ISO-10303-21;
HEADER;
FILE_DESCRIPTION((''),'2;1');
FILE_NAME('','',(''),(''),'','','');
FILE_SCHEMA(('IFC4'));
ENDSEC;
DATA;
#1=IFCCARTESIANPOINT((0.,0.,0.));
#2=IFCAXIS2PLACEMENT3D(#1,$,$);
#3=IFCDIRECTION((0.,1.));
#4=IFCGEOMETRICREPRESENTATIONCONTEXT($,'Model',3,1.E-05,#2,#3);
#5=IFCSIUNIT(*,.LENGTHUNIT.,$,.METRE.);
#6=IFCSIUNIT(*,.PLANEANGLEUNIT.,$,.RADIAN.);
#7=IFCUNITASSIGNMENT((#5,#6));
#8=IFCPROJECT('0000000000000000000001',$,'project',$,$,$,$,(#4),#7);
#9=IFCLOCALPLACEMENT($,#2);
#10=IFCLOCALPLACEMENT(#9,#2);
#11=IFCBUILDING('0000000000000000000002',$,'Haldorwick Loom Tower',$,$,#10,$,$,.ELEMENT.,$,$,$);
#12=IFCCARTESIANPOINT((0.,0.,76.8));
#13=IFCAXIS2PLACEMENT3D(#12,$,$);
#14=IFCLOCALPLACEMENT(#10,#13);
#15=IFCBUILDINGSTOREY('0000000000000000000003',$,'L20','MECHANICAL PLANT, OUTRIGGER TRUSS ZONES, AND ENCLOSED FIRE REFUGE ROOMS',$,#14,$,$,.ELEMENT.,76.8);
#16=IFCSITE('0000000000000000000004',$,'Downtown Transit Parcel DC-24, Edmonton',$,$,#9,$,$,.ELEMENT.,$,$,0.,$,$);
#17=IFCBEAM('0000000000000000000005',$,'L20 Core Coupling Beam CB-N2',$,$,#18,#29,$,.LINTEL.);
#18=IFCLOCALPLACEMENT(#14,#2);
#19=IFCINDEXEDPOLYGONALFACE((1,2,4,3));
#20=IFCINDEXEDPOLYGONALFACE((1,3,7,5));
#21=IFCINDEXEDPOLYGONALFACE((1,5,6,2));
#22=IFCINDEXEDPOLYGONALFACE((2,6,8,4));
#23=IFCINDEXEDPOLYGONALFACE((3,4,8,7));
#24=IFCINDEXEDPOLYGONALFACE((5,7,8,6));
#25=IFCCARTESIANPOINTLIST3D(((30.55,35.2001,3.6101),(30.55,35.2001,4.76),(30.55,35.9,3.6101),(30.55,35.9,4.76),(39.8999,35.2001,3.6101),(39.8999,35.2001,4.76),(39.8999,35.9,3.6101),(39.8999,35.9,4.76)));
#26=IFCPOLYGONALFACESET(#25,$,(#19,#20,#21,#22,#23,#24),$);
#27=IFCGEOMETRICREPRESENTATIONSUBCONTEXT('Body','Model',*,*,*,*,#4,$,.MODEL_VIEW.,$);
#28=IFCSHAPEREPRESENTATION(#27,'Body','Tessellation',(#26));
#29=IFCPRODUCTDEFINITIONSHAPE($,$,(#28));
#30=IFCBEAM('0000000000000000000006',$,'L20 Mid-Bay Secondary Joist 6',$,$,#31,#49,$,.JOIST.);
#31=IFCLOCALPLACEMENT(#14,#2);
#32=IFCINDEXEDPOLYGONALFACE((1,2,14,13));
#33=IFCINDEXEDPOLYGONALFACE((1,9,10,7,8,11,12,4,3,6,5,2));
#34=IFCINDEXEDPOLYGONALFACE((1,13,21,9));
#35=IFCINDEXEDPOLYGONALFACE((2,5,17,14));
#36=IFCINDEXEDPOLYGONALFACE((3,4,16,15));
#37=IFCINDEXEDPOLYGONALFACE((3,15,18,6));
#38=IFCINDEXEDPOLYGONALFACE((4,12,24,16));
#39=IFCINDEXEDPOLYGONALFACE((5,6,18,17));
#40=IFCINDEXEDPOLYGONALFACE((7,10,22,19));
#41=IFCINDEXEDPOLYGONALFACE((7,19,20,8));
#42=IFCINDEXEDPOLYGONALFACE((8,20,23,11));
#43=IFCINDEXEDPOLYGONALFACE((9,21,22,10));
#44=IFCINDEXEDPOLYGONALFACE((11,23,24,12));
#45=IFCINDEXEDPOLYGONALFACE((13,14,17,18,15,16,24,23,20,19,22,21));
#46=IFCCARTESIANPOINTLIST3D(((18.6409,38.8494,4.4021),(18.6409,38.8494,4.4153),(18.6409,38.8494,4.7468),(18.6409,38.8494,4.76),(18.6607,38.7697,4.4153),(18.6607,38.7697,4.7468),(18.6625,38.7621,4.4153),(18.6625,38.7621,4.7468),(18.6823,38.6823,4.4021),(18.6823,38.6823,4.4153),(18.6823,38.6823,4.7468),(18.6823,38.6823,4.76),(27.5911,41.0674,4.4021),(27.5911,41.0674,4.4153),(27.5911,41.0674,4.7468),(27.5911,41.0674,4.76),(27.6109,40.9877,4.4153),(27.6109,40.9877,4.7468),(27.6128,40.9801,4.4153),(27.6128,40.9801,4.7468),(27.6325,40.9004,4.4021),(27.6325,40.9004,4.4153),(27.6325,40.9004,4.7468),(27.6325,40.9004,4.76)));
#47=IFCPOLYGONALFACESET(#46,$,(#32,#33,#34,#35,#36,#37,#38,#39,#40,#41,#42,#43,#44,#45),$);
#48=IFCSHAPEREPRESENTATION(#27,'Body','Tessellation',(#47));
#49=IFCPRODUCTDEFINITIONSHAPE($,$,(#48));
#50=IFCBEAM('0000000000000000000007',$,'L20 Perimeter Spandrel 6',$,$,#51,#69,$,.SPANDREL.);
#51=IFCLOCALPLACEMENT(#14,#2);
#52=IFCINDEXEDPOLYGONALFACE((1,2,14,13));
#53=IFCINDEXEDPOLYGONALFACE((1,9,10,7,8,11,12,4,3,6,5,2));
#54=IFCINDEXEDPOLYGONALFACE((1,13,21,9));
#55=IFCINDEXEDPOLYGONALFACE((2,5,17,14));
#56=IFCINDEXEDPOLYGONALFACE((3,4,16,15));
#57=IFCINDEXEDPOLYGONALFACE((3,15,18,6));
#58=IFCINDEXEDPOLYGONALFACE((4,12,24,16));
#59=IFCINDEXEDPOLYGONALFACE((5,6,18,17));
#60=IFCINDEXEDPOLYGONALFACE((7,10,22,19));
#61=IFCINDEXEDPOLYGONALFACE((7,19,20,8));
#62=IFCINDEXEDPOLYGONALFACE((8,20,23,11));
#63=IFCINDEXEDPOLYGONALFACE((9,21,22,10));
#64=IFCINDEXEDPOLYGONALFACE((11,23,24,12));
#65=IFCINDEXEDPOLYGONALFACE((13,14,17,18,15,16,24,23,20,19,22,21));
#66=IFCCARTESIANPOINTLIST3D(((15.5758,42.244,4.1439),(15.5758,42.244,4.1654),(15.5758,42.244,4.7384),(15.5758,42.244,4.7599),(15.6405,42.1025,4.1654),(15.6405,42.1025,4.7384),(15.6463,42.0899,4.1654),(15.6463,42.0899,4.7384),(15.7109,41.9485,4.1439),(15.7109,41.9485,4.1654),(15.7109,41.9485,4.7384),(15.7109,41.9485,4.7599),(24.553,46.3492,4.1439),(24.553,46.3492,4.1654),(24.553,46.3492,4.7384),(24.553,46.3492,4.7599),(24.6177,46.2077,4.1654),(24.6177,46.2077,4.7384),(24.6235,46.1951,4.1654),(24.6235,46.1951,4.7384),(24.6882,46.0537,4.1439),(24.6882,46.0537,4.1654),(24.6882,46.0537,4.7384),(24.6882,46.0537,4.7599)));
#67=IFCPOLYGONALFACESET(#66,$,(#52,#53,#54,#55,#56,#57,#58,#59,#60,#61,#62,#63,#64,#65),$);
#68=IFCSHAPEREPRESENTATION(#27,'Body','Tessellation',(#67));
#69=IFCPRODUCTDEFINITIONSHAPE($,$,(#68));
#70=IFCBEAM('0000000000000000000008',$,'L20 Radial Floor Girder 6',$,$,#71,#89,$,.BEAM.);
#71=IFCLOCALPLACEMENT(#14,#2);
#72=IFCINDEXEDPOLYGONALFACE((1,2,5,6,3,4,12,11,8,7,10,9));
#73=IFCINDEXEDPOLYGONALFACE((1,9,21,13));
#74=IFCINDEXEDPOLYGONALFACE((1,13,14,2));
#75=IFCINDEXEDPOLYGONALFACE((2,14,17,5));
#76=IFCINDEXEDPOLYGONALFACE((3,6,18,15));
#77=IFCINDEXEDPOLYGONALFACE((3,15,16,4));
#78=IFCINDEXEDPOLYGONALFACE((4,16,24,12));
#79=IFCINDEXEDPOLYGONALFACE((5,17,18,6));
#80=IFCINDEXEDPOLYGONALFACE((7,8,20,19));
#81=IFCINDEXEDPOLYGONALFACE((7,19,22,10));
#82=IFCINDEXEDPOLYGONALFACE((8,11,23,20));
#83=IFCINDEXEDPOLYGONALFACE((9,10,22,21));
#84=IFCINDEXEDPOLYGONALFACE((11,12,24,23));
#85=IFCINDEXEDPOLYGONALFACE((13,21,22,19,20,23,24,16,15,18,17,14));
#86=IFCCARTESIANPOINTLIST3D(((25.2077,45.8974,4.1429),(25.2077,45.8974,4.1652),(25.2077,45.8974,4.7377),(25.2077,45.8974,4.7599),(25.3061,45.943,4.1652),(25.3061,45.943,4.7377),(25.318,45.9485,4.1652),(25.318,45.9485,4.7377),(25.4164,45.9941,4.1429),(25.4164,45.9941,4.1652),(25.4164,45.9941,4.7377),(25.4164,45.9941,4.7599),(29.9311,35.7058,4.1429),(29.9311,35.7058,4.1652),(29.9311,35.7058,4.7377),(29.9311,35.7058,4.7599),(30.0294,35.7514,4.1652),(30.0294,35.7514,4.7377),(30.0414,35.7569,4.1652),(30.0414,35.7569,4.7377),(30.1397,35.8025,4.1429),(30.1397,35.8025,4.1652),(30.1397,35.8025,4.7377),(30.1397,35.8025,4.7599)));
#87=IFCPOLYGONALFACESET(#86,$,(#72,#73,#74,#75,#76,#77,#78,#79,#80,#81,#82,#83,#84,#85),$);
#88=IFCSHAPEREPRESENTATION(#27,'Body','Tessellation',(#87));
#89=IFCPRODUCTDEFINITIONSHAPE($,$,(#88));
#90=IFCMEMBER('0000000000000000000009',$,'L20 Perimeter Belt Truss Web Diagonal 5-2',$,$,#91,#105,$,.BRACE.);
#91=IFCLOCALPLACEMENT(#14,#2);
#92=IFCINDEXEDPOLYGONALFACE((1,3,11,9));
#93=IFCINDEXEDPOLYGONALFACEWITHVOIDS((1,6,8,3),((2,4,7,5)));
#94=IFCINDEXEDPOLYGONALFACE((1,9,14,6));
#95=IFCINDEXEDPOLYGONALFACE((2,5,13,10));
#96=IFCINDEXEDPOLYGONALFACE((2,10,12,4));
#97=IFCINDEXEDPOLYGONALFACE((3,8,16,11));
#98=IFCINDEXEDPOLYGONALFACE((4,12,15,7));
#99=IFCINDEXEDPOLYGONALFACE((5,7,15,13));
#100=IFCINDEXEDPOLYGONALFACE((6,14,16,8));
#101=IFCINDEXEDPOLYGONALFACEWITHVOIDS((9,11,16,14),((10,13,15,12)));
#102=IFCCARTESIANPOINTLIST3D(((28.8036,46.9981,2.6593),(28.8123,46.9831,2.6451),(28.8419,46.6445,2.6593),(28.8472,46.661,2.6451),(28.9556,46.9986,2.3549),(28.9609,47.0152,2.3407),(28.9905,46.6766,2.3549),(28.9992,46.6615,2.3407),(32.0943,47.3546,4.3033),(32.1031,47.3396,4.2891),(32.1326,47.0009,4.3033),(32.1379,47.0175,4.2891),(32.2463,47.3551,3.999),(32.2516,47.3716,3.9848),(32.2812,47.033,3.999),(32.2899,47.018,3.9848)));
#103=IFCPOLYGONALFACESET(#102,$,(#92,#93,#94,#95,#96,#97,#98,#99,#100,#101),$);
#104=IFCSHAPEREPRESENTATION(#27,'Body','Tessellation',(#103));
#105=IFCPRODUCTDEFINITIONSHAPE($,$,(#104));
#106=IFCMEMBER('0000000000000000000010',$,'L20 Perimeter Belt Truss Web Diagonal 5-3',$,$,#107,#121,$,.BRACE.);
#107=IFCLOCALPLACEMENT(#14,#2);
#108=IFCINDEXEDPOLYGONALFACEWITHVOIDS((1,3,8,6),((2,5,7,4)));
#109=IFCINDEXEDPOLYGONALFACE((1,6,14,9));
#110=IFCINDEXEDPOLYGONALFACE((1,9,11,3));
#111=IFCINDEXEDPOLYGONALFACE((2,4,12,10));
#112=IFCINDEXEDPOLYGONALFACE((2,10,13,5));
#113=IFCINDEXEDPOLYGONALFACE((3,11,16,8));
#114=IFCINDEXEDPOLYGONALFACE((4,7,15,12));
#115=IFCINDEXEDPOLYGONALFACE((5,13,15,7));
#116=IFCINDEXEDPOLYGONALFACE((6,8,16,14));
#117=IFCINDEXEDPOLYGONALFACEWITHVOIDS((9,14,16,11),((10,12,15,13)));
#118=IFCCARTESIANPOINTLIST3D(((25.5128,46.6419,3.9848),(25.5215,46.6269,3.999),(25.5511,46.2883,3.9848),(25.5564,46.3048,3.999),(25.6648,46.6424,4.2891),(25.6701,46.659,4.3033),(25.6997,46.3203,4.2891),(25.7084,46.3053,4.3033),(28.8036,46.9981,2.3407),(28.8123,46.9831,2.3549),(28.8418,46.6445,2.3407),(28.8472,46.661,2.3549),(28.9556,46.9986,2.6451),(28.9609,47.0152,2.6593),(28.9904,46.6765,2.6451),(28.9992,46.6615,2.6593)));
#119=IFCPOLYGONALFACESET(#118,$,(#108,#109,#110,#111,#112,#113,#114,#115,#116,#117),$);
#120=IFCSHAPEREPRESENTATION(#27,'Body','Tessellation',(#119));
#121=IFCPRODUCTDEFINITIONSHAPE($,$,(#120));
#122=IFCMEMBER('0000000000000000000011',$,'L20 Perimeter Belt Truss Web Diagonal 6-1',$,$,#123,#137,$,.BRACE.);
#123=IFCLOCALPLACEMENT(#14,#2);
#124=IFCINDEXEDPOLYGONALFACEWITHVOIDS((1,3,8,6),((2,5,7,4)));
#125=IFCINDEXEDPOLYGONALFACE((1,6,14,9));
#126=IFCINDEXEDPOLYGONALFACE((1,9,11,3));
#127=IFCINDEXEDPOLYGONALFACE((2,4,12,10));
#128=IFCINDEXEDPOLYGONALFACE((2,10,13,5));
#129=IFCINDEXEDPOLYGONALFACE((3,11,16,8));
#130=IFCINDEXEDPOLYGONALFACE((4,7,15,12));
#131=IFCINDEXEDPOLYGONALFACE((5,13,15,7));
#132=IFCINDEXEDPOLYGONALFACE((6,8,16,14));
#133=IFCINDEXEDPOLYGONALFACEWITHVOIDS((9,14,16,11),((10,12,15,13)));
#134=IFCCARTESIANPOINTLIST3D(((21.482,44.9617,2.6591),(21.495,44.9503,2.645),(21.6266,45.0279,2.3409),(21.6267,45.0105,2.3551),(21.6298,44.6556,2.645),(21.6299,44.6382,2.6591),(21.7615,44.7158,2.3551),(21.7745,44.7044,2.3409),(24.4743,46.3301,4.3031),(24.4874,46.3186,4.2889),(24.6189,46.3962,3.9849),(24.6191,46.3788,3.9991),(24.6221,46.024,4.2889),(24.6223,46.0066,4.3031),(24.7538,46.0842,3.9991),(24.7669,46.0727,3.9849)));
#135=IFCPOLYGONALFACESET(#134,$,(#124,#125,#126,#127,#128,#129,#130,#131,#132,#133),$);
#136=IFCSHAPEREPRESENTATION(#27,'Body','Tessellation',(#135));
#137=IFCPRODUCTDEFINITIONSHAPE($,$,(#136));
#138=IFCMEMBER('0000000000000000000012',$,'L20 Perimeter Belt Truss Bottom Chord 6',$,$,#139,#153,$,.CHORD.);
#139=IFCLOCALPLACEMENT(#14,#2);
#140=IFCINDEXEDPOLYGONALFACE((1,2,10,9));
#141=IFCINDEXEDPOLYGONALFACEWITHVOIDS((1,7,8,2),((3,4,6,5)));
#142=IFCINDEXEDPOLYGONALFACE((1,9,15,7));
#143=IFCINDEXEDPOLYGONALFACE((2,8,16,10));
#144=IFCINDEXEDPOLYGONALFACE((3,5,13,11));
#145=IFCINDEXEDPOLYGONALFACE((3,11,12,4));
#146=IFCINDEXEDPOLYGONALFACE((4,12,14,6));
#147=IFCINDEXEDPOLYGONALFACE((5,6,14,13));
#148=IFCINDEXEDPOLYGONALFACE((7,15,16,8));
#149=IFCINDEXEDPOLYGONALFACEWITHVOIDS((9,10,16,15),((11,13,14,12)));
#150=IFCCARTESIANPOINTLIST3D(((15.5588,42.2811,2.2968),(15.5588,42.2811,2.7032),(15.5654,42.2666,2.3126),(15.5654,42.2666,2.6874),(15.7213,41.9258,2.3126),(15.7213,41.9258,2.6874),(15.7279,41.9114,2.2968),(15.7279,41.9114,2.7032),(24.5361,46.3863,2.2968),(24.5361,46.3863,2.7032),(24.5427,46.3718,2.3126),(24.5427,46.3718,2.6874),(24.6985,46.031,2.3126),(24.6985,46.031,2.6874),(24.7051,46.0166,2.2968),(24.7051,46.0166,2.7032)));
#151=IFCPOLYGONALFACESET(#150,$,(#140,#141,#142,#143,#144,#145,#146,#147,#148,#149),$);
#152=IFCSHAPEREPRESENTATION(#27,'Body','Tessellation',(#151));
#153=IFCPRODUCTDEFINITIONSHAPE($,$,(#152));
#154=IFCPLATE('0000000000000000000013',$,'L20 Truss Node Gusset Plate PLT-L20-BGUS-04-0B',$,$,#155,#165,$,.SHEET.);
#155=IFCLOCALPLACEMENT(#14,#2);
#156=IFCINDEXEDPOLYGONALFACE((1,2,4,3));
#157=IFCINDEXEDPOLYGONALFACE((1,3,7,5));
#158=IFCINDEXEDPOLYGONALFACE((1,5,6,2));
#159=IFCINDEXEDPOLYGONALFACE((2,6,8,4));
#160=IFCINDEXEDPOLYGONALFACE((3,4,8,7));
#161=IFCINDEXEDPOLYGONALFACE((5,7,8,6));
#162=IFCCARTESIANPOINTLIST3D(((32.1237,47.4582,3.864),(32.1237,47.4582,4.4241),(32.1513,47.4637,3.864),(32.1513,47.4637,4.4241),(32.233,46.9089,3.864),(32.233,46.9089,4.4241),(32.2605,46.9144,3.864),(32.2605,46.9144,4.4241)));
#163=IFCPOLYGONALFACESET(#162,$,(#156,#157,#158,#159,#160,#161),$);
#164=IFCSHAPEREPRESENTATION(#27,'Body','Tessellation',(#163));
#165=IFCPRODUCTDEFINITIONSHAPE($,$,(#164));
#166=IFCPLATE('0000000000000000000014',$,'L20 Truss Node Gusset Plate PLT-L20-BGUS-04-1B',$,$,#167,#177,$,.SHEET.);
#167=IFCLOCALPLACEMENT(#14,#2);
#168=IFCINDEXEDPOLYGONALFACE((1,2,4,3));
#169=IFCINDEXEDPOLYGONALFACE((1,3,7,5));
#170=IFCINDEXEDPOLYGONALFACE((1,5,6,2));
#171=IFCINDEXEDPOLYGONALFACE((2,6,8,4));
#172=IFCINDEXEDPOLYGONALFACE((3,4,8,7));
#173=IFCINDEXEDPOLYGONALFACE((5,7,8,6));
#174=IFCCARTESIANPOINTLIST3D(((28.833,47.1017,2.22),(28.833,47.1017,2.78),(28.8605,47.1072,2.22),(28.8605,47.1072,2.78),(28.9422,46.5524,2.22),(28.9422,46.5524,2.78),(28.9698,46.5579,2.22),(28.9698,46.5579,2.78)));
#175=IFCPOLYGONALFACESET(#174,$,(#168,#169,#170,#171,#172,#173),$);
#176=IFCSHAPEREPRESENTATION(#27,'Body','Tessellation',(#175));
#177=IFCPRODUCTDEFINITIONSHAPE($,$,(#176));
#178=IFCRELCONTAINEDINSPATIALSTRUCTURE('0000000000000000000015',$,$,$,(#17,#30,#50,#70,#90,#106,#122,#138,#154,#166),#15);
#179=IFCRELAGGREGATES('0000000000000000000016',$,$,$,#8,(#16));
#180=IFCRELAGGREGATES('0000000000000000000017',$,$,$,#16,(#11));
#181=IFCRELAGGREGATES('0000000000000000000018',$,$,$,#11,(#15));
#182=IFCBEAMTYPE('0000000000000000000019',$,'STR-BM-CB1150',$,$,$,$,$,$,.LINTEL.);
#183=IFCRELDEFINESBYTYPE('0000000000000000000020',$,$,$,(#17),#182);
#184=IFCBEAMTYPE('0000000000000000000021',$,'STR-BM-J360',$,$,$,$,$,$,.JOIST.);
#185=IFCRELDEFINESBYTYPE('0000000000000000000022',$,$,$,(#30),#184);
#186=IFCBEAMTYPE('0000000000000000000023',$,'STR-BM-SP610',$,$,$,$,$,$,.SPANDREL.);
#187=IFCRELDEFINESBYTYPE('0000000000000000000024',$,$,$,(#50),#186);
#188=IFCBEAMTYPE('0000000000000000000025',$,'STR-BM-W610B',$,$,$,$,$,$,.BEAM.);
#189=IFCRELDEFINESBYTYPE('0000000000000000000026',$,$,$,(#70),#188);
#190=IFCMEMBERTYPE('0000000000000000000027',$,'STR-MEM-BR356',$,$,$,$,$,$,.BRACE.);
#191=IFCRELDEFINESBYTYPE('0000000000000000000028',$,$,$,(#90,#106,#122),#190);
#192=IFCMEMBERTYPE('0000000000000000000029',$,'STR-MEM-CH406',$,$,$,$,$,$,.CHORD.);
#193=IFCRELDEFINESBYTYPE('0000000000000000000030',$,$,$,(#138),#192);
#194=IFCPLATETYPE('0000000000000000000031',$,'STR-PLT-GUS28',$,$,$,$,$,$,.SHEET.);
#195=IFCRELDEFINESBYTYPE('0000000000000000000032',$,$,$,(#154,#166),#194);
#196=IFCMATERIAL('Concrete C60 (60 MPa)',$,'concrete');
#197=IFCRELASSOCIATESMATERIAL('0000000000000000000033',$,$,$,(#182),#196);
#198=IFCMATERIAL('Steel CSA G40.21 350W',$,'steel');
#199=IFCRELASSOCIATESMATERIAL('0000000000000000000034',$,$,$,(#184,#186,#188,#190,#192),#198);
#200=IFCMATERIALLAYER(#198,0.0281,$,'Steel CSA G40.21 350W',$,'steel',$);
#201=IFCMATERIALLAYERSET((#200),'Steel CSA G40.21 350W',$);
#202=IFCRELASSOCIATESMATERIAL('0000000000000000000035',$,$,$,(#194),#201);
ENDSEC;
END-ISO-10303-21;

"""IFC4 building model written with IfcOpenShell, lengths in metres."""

from ifc_helpers import new_model, si_unit, direction, frame, origin, origin_2d, place, context, subcontext, project, spatial, rectangle, hollow_rectangle, i_section, extrude, material, layer, layer_set, material_profile, profile_set, type_object, element, save


model = new_model("IFC4")

# Units and contexts
model_context = context("Model", 3, precision=1e-05, world=origin(), true_north=direction((0.0, 1.0)))
body_context = subcontext(model_context, "Body", "Model", "MODEL_VIEW")
ifc_project = project(units=[si_unit("LENGTHUNIT", "METRE"), si_unit("PLANEANGLEUNIT", "RADIAN")], contexts=[model_context])

# Site, building, storey
site_placement = place(None, origin())
site = spatial("IfcSite", under=ifc_project, at=site_placement, Name="Downtown Transit Parcel DC-24, Edmonton", CompositionType="ELEMENT", RefElevation=0.0)
building_placement = place(site_placement, origin())
building = spatial("IfcBuilding", under=site, at=building_placement, Name="Haldorwick Loom Tower", CompositionType="ELEMENT")
storey_placement = place(building_placement, frame((0.0, 0.0, 76.8)))
storey = spatial("IfcBuildingStorey", under=building, at=storey_placement, Name="L20", Description="MECHANICAL PLANT, OUTRIGGER TRUSS ZONES, AND ENCLOSED FIRE REFUGE ROOMS", CompositionType="ELEMENT", Elevation=76.8)

# Shared definitions
ifc_material_1 = material(Name="Concrete C60 (60 MPa)", Category="concrete")

# Beams
ifc_material_profile_1 = material_profile(ifc_material_1, rectangle(XDim=0.7, YDim=1.1499, at=origin_2d()), Name="RC700X1150", Category="concrete")
ifc_profile_set_1 = profile_set([ifc_material_profile_1], Name="Concrete C60 (60 MPa)")
beam_type_1 = type_object("IfcBeamType", Name="STR-BM-CB1150", PredefinedType="LINTEL", material=ifc_profile_set_1)
beam_1_placement = place(storey_placement, frame((30.55, 35.55, 4.1851), z_axis=(1.0, 0.0, 0.0), x_axis=(0.0, 1.0, 0.0)))
element("IfcBeam", 1, at=beam_1_placement, inside=storey, type_object=beam_type_1, Name="L20 Core Coupling Beam CB-N2", PredefinedType="LINTEL", context=body_context, shape_type="SweptSolid", body=[
    extrude(rectangle(XDim=0.7, YDim=1.1499, at=origin_2d()), origin(), (0.0, 0.0, 1.0), 9.3499),
])
ifc_material_2 = material(Name="Steel CSA G40.21 350W", Category="steel")
ifc_material_profile_2 = material_profile(ifc_material_2, i_section(OverallWidth=0.1721, OverallDepth=0.3579, WebThickness=0.0078, FlangeThickness=0.0132, at=origin_2d()), Name="W360X57", Category="steel")
ifc_profile_set_2 = profile_set([ifc_material_profile_2], Name="Steel CSA G40.21 350W")
beam_type_2 = type_object("IfcBeamType", Name="STR-BM-J360", PredefinedType="JOIST", material=ifc_profile_set_2)
beam_2_placement = place(storey_placement, frame((27.6118, 40.9839, 4.5811), z_axis=(-0.970639, -0.240542, 0.0), x_axis=(0.240542, -0.970639, 0.0)))
element("IfcBeam", 2, at=beam_2_placement, inside=storey, type_object=beam_type_2, Name="L20 Mid-Bay Secondary Joist 6", PredefinedType="JOIST", context=body_context, shape_type="SweptSolid", body=[
    extrude(i_section(OverallWidth=0.1721, OverallDepth=0.3579, WebThickness=0.0078, FlangeThickness=0.0132, at=origin_2d()), origin(), (0.0, 0.0, 1.0), 9.2209),
])
ifc_material_profile_3 = material_profile(ifc_material_2, i_section(OverallWidth=0.325, OverallDepth=0.616, WebThickness=0.0139, FlangeThickness=0.0215, at=origin_2d()), Name="W610X174", Category="steel")
ifc_profile_set_3 = profile_set([ifc_material_profile_3], Name="Steel CSA G40.21 350W")
beam_type_3 = type_object("IfcBeamType", Name="STR-BM-SP610", PredefinedType="SPANDREL", material=ifc_profile_set_3)
beam_3_placement = place(storey_placement, frame((24.6206, 46.2014, 4.4519), z_axis=(-0.909424, -0.41587, 0.0), x_axis=(0.41587, -0.909424, 0.0)))
element("IfcBeam", 3, at=beam_3_placement, inside=storey, type_object=beam_type_3, Name="L20 Perimeter Spandrel 6", PredefinedType="SPANDREL", context=body_context, shape_type="SweptSolid", body=[
    extrude(i_section(OverallWidth=0.325, OverallDepth=0.616, WebThickness=0.0139, FlangeThickness=0.0215, at=origin_2d()), origin(), (0.0, 0.0, 1.0), 9.8713),
])
ifc_material_profile_4 = material_profile(ifc_material_2, i_section(OverallWidth=0.23, OverallDepth=0.6169, WebThickness=0.0132, FlangeThickness=0.0222, at=origin_2d()), Name="W610X140", Category="steel")
ifc_profile_set_4 = profile_set([ifc_material_profile_4], Name="Steel CSA G40.21 350W")
beam_type_4 = type_object("IfcBeamType", Name="STR-BM-W610B", PredefinedType="BEAM", material=ifc_profile_set_4)
beam_4_placement = place(storey_placement, frame((30.0354, 35.7542, 4.4514), z_axis=(-0.420492, 0.907296, 0.0), x_axis=(-0.907296, -0.420492, 0.0)))
element("IfcBeam", 4, at=beam_4_placement, inside=storey, type_object=beam_type_4, Name="L20 Radial Floor Girder 6", PredefinedType="BEAM", context=body_context, shape_type="SweptSolid", body=[
    extrude(i_section(OverallWidth=0.23, OverallDepth=0.6169, WebThickness=0.0132, FlangeThickness=0.0222, at=origin_2d()), origin(), (0.0, 0.0, 1.0), 11.2329),
])

# Members
ifc_material_profile_5 = material_profile(ifc_material_2, hollow_rectangle(XDim=0.3557, YDim=0.3557, WallThickness=0.0159, at=origin_2d()), Name="HSS356X356X16", Category="steel")
ifc_profile_set_5 = profile_set([ifc_material_profile_5], Name="Steel CSA G40.21 350W")
member_type_1 = type_object("IfcMemberType", Name="STR-MEM-BR356", PredefinedType="BRACE", material=ifc_profile_set_5)
for number, where, z_axis, x_axis, name in (
    (5, (32.1921, 47.1863, 4.144), (-0.890403, -0.096445, -0.444838), (0.107687, -0.994185, 0.0), "L20 Perimeter Belt Truss Web Diagonal 5-2"),
    (6, (28.9014, 46.8298, 2.5), (-0.890409, -0.09638, 0.444841), (0.107614, -0.994193, 0.0), "L20 Perimeter Belt Truss Web Diagonal 5-3"),
):
    element("IfcMember", number, at=place(storey_placement, frame(where, z_axis=z_axis, x_axis=x_axis)), inside=storey, type_object=member_type_1, Name=name, PredefinedType="BRACE", context=body_context, shape_type="SweptSolid", body=[
        extrude(hollow_rectangle(XDim=0.3557, YDim=0.3557, WallThickness=0.0159, at=origin_2d()), origin(), (0.0, 0.0, 1.0), 3.6958),
    ])
member_1_placement = place(storey_placement, frame((24.6206, 46.2014, 4.144), z_axis=(-0.813531, -0.37202, -0.446954), x_axis=(0.41587, -0.909424, 0.0)))
element("IfcMember", 7, at=member_1_placement, inside=storey, type_object=member_type_1, Name="L20 Perimeter Belt Truss Web Diagonal 6-1", PredefinedType="BRACE", context=body_context, shape_type="SweptSolid", body=[
    extrude(hollow_rectangle(XDim=0.3557, YDim=0.3557, WallThickness=0.0159, at=origin_2d()), origin(), (0.0, 0.0, 1.0), 3.6782),
])
ifc_material_profile_6 = material_profile(ifc_material_2, hollow_rectangle(XDim=0.4065, YDim=0.4065, WallThickness=0.0159, at=origin_2d()), Name="HSS406X406X16", Category="steel")
ifc_profile_set_6 = profile_set([ifc_material_profile_6], Name="Steel CSA G40.21 350W")
member_type_2 = type_object("IfcMemberType", Name="STR-MEM-CH406", PredefinedType="CHORD", material=ifc_profile_set_6)
member_2_placement = place(storey_placement, frame((24.6206, 46.2014, 2.5), z_axis=(-0.909424, -0.41587, 0.0), x_axis=(0.41587, -0.909424, 0.0)))
element("IfcMember", 8, at=member_2_placement, inside=storey, type_object=member_type_2, Name="L20 Perimeter Belt Truss Bottom Chord 6", PredefinedType="CHORD", context=body_context, shape_type="SweptSolid", body=[
    extrude(hollow_rectangle(XDim=0.4065, YDim=0.4065, WallThickness=0.0159, at=origin_2d()), origin(), (0.0, 0.0, 1.0), 9.8713),
])

# Plates
ifc_layer_1 = layer(ifc_material_2, 0.0281, Name="Steel CSA G40.21 350W", Category="steel")
ifc_layer_set_1 = layer_set([ifc_layer_1], Name="Steel CSA G40.21 350W")
plate_type = type_object("IfcPlateType", Name="STR-PLT-GUS28", PredefinedType="SHEET", material=ifc_layer_set_1)
for number, where, z_axis, x_axis, name in (
    (9, (32.1921, 47.1863, 3.864), (0.0, 0.0, 1.0), (-0.19509, 0.980785, 0.0), "L20 Truss Node Gusset Plate PLT-L20-BGUS-04-0B"),
    (10, (28.9014, 46.8298, 2.22), (0.0, 0.0, 1.0), (-0.19509, 0.980785, 0.0), "L20 Truss Node Gusset Plate PLT-L20-BGUS-04-1B"),
):
    element("IfcPlate", number, at=place(storey_placement, frame(where, z_axis=z_axis, x_axis=x_axis)), inside=storey, type_object=plate_type, Name=name, PredefinedType="SHEET", context=body_context, shape_type="SweptSolid", body=[
        extrude(rectangle(XDim=0.5601, YDim=0.0281, at=origin_2d()), origin(), (0.0, 0.0, 1.0), 0.5601),
    ])

save(model, "model.ifc")
